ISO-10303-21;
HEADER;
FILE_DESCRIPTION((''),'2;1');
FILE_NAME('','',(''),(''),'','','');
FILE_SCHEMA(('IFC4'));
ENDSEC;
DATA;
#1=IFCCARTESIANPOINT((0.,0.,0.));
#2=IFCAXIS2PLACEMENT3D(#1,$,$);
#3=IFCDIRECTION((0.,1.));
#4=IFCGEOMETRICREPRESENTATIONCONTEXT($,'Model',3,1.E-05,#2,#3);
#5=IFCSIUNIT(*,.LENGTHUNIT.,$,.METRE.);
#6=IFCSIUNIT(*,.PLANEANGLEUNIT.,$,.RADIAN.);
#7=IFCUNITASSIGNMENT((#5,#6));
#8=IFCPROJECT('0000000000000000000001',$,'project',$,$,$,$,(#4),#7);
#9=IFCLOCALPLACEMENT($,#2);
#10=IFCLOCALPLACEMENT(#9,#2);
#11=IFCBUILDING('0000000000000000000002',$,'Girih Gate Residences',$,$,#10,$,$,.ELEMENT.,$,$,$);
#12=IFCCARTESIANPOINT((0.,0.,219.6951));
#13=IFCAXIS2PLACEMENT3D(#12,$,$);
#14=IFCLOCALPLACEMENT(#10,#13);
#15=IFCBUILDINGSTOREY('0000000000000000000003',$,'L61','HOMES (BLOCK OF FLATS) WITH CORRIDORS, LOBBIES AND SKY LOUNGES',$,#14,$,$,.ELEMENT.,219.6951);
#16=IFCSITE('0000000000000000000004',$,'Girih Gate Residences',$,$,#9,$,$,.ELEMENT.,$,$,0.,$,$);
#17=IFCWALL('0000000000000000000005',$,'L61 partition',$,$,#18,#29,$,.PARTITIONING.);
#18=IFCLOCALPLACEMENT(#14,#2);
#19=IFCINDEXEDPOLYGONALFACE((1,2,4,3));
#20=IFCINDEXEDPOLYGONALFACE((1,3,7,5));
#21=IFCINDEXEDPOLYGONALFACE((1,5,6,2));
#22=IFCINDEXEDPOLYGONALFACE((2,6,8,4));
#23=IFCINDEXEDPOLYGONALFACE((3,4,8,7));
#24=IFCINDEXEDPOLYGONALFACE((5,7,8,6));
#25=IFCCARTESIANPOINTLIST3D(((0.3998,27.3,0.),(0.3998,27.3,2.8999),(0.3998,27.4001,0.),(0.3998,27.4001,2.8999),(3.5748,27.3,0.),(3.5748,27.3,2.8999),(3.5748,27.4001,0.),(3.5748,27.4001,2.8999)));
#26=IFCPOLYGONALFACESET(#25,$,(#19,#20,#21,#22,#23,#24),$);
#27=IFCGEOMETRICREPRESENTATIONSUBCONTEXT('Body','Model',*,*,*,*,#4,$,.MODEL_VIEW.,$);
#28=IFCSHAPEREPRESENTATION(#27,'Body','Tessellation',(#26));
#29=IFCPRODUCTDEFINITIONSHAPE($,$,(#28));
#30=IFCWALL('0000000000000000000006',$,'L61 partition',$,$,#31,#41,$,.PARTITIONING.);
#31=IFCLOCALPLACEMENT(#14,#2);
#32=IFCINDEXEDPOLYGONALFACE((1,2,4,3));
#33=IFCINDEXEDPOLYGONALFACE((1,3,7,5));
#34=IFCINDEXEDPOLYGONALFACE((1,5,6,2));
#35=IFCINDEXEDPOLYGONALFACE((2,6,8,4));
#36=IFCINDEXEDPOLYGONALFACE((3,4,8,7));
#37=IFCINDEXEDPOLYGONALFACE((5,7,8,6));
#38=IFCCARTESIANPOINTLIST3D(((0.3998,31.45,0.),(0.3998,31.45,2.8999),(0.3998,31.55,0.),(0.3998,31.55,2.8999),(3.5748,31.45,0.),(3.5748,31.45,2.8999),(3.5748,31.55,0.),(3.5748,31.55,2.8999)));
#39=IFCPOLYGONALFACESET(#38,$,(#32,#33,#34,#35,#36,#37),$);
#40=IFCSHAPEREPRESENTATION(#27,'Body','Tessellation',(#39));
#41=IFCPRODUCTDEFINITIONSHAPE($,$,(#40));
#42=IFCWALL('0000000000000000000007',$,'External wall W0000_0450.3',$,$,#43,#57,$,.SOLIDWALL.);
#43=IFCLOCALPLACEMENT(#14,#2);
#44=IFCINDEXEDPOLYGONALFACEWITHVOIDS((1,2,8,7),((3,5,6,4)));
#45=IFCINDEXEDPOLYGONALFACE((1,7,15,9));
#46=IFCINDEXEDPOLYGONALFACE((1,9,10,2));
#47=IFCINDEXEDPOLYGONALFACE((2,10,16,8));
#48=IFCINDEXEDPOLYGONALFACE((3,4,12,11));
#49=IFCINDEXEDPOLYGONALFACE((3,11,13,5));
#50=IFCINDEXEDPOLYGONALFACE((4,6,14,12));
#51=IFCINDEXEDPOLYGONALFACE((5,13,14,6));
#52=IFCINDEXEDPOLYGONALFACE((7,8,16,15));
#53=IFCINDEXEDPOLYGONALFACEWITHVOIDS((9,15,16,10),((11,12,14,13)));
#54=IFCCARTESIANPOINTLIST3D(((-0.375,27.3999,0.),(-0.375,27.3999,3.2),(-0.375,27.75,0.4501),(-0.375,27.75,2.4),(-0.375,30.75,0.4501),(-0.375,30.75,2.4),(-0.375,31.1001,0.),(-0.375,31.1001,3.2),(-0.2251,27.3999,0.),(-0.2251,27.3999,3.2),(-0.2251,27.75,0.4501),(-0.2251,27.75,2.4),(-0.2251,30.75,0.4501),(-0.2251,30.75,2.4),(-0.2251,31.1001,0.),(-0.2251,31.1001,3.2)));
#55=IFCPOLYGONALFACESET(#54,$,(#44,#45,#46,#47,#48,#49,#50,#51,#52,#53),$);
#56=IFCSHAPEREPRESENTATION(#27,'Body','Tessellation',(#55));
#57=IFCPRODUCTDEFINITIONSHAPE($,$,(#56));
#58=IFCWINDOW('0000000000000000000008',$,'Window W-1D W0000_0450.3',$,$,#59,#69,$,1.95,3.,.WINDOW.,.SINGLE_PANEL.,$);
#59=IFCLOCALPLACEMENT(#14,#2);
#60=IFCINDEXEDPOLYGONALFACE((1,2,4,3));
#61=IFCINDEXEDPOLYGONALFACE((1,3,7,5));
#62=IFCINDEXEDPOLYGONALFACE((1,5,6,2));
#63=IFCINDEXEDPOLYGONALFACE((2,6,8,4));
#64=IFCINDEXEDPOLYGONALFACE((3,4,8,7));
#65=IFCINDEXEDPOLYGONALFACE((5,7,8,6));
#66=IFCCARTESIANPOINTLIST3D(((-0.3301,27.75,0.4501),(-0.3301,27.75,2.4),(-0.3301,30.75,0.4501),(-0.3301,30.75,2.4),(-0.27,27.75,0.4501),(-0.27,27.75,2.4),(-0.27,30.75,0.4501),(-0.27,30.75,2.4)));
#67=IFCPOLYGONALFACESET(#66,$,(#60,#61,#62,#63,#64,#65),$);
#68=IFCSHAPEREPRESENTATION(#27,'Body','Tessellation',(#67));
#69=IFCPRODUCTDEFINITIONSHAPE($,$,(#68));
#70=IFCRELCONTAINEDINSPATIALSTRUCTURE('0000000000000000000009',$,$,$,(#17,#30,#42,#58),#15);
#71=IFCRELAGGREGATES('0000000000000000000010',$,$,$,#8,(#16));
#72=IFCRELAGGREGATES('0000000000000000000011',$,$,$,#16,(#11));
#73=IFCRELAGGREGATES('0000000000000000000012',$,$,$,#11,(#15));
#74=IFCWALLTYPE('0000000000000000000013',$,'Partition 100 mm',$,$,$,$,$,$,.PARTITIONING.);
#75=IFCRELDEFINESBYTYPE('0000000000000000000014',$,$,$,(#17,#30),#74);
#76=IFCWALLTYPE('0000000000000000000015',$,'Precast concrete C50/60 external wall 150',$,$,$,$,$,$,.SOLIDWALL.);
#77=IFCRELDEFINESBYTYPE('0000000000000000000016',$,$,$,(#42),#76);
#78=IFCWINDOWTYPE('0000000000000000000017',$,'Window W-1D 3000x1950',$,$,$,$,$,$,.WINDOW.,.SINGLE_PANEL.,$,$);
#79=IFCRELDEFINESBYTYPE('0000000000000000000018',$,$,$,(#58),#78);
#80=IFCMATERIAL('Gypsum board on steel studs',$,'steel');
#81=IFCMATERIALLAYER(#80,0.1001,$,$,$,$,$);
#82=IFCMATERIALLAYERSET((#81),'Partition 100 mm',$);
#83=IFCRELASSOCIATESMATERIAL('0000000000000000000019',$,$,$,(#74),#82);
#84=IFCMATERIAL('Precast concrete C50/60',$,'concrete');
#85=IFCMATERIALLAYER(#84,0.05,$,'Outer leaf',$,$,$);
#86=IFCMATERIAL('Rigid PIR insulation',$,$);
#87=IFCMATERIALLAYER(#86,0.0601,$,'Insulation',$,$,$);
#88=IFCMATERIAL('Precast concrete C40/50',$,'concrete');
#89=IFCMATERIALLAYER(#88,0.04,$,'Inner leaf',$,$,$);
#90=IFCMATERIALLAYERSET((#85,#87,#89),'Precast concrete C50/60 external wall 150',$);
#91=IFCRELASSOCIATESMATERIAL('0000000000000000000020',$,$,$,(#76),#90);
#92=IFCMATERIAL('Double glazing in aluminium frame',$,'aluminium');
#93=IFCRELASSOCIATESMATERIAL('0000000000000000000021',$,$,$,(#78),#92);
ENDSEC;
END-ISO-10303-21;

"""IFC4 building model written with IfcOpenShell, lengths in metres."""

from ifc_helpers import new_model, si_unit, direction, frame, frame_2d, origin, place, context, subcontext, project, spatial, rectangle, extrude, material, layer, layer_set, type_object, element, fill, save


model = new_model("IFC4")

# Units and contexts
model_context = context("Model", 3, precision=1e-05, world=origin(), true_north=direction((0.0, 1.0)))
body_context = subcontext(model_context, "Body", "Model", "MODEL_VIEW")
ifc_project = project(units=[si_unit("LENGTHUNIT", "METRE"), si_unit("PLANEANGLEUNIT", "RADIAN")], contexts=[model_context])

# Site, building, storey
site_placement = place(None, origin())
site = spatial("IfcSite", under=ifc_project, at=site_placement, Name="Girih Gate Residences", CompositionType="ELEMENT", RefElevation=0.0)
building_placement = place(site_placement, origin())
building = spatial("IfcBuilding", under=site, at=building_placement, Name="Girih Gate Residences", CompositionType="ELEMENT")
storey_placement = place(building_placement, frame((0.0, 0.0, 219.6951)))
storey = spatial("IfcBuildingStorey", under=building, at=storey_placement, Name="L61", Description="HOMES (BLOCK OF FLATS) WITH CORRIDORS, LOBBIES AND SKY LOUNGES", CompositionType="ELEMENT", Elevation=219.6951)

# Shared definitions
ifc_material_1 = material(Name="Gypsum board on steel studs", Category="steel")

# Walls
ifc_layer_1 = layer(ifc_material_1, 0.1001)
ifc_layer_set_1 = layer_set([ifc_layer_1], Name="Partition 100 mm")
wall_type_1 = type_object("IfcWallType", Name="Partition 100 mm", PredefinedType="PARTITIONING", material=ifc_layer_set_1)
for number, where, z_axis, x_axis, name in (
    (1, (0.3999, 27.3501, 0.0), (0.0, 0.0, 1.0), (1.0, 0.0, 0.0), "L61 partition"),
    (2, (0.3999, 31.5, 0.0), (0.0, 0.0, 1.0), (1.0, 0.0, 0.0), "L61 partition"),
):
    element("IfcWall", number, at=place(storey_placement, frame(where, z_axis=z_axis, x_axis=x_axis)), inside=storey, type_object=wall_type_1, Name=name, PredefinedType="PARTITIONING", context=body_context, shape_type="SweptSolid", body=[
        extrude(rectangle(XDim=3.175, YDim=0.1001, at=frame_2d((1.5874, 0.0))), origin(), (0.0, 0.0, 1.0), 2.8999),
    ])

# Wall, opening, window
ifc_material_2 = material(Name="Precast concrete C50/60", Category="concrete")
ifc_layer_2 = layer(ifc_material_2, 0.05, Name="Outer leaf")
ifc_material_3 = material(Name="Rigid PIR insulation")
ifc_layer_3 = layer(ifc_material_3, 0.0601, Name="Insulation")
ifc_material_4 = material(Name="Precast concrete C40/50", Category="concrete")
ifc_layer_4 = layer(ifc_material_4, 0.04, Name="Inner leaf")
ifc_layer_set_2 = layer_set([ifc_layer_2, ifc_layer_3, ifc_layer_4], Name="Precast concrete C50/60 external wall 150")
wall_type_2 = type_object("IfcWallType", Name="Precast concrete C50/60 external wall 150", PredefinedType="SOLIDWALL", material=ifc_layer_set_2)
wall_1_placement = place(storey_placement, frame((-0.3, 27.3999, 0.0), z_axis=(0.0, 0.0, 1.0), x_axis=(0.0, 1.0, 0.0)))
wall_1 = element("IfcWall", 3, at=wall_1_placement, inside=storey, type_object=wall_type_2, Name="External wall W0000_0450.3", PredefinedType="SOLIDWALL", context=body_context, shape_type="SweptSolid", body=[
    extrude(rectangle(XDim=3.7002, YDim=0.1499, at=frame_2d((1.8501, 0.0))), origin(), (0.0, 0.0, 1.0), 3.2),
])
opening_1_placement = place(wall_1_placement, frame((0.3501, 0.0, 0.45)))
opening_1 = element("IfcOpeningElement", 4, at=opening_1_placement, cuts=wall_1, PredefinedType="OPENING", context=body_context, shape_type="SweptSolid", body=[
    extrude(rectangle(XDim=3.0, YDim=1.95, at=frame_2d((1.5, 0.9751))), frame((0.0, 0.085, 0.0), z_axis=(0.0, -1.0, 0.0), x_axis=(1.0, 0.0, 0.0)), (0.0, 0.0, 1.0), 0.1699),
])
ifc_material_5 = material(Name="Double glazing in aluminium frame", Category="aluminium")
window_type = type_object("IfcWindowType", Name="Window W-1D 3000x1950", PartitioningType="SINGLE_PANEL", PredefinedType="WINDOW", material=ifc_material_5)
window_placement = place(opening_1_placement, origin())
window = element("IfcWindow", 5, at=window_placement, inside=storey, type_object=window_type, Name="Window W-1D W0000_0450.3", OverallHeight=1.95, OverallWidth=3.0, PartitioningType="SINGLE_PANEL", PredefinedType="WINDOW", context=body_context, shape_type="SweptSolid", body=[
    extrude(rectangle(XDim=3.0, YDim=1.95, at=frame_2d((1.5, 0.9751))), frame((0.0, 0.03, 0.0), z_axis=(0.0, -1.0, 0.0), x_axis=(1.0, 0.0, 0.0)), (0.0, 0.0, 1.0), 0.0601),
])
fill(opening_1, window)

save(model, "model.ifc")
